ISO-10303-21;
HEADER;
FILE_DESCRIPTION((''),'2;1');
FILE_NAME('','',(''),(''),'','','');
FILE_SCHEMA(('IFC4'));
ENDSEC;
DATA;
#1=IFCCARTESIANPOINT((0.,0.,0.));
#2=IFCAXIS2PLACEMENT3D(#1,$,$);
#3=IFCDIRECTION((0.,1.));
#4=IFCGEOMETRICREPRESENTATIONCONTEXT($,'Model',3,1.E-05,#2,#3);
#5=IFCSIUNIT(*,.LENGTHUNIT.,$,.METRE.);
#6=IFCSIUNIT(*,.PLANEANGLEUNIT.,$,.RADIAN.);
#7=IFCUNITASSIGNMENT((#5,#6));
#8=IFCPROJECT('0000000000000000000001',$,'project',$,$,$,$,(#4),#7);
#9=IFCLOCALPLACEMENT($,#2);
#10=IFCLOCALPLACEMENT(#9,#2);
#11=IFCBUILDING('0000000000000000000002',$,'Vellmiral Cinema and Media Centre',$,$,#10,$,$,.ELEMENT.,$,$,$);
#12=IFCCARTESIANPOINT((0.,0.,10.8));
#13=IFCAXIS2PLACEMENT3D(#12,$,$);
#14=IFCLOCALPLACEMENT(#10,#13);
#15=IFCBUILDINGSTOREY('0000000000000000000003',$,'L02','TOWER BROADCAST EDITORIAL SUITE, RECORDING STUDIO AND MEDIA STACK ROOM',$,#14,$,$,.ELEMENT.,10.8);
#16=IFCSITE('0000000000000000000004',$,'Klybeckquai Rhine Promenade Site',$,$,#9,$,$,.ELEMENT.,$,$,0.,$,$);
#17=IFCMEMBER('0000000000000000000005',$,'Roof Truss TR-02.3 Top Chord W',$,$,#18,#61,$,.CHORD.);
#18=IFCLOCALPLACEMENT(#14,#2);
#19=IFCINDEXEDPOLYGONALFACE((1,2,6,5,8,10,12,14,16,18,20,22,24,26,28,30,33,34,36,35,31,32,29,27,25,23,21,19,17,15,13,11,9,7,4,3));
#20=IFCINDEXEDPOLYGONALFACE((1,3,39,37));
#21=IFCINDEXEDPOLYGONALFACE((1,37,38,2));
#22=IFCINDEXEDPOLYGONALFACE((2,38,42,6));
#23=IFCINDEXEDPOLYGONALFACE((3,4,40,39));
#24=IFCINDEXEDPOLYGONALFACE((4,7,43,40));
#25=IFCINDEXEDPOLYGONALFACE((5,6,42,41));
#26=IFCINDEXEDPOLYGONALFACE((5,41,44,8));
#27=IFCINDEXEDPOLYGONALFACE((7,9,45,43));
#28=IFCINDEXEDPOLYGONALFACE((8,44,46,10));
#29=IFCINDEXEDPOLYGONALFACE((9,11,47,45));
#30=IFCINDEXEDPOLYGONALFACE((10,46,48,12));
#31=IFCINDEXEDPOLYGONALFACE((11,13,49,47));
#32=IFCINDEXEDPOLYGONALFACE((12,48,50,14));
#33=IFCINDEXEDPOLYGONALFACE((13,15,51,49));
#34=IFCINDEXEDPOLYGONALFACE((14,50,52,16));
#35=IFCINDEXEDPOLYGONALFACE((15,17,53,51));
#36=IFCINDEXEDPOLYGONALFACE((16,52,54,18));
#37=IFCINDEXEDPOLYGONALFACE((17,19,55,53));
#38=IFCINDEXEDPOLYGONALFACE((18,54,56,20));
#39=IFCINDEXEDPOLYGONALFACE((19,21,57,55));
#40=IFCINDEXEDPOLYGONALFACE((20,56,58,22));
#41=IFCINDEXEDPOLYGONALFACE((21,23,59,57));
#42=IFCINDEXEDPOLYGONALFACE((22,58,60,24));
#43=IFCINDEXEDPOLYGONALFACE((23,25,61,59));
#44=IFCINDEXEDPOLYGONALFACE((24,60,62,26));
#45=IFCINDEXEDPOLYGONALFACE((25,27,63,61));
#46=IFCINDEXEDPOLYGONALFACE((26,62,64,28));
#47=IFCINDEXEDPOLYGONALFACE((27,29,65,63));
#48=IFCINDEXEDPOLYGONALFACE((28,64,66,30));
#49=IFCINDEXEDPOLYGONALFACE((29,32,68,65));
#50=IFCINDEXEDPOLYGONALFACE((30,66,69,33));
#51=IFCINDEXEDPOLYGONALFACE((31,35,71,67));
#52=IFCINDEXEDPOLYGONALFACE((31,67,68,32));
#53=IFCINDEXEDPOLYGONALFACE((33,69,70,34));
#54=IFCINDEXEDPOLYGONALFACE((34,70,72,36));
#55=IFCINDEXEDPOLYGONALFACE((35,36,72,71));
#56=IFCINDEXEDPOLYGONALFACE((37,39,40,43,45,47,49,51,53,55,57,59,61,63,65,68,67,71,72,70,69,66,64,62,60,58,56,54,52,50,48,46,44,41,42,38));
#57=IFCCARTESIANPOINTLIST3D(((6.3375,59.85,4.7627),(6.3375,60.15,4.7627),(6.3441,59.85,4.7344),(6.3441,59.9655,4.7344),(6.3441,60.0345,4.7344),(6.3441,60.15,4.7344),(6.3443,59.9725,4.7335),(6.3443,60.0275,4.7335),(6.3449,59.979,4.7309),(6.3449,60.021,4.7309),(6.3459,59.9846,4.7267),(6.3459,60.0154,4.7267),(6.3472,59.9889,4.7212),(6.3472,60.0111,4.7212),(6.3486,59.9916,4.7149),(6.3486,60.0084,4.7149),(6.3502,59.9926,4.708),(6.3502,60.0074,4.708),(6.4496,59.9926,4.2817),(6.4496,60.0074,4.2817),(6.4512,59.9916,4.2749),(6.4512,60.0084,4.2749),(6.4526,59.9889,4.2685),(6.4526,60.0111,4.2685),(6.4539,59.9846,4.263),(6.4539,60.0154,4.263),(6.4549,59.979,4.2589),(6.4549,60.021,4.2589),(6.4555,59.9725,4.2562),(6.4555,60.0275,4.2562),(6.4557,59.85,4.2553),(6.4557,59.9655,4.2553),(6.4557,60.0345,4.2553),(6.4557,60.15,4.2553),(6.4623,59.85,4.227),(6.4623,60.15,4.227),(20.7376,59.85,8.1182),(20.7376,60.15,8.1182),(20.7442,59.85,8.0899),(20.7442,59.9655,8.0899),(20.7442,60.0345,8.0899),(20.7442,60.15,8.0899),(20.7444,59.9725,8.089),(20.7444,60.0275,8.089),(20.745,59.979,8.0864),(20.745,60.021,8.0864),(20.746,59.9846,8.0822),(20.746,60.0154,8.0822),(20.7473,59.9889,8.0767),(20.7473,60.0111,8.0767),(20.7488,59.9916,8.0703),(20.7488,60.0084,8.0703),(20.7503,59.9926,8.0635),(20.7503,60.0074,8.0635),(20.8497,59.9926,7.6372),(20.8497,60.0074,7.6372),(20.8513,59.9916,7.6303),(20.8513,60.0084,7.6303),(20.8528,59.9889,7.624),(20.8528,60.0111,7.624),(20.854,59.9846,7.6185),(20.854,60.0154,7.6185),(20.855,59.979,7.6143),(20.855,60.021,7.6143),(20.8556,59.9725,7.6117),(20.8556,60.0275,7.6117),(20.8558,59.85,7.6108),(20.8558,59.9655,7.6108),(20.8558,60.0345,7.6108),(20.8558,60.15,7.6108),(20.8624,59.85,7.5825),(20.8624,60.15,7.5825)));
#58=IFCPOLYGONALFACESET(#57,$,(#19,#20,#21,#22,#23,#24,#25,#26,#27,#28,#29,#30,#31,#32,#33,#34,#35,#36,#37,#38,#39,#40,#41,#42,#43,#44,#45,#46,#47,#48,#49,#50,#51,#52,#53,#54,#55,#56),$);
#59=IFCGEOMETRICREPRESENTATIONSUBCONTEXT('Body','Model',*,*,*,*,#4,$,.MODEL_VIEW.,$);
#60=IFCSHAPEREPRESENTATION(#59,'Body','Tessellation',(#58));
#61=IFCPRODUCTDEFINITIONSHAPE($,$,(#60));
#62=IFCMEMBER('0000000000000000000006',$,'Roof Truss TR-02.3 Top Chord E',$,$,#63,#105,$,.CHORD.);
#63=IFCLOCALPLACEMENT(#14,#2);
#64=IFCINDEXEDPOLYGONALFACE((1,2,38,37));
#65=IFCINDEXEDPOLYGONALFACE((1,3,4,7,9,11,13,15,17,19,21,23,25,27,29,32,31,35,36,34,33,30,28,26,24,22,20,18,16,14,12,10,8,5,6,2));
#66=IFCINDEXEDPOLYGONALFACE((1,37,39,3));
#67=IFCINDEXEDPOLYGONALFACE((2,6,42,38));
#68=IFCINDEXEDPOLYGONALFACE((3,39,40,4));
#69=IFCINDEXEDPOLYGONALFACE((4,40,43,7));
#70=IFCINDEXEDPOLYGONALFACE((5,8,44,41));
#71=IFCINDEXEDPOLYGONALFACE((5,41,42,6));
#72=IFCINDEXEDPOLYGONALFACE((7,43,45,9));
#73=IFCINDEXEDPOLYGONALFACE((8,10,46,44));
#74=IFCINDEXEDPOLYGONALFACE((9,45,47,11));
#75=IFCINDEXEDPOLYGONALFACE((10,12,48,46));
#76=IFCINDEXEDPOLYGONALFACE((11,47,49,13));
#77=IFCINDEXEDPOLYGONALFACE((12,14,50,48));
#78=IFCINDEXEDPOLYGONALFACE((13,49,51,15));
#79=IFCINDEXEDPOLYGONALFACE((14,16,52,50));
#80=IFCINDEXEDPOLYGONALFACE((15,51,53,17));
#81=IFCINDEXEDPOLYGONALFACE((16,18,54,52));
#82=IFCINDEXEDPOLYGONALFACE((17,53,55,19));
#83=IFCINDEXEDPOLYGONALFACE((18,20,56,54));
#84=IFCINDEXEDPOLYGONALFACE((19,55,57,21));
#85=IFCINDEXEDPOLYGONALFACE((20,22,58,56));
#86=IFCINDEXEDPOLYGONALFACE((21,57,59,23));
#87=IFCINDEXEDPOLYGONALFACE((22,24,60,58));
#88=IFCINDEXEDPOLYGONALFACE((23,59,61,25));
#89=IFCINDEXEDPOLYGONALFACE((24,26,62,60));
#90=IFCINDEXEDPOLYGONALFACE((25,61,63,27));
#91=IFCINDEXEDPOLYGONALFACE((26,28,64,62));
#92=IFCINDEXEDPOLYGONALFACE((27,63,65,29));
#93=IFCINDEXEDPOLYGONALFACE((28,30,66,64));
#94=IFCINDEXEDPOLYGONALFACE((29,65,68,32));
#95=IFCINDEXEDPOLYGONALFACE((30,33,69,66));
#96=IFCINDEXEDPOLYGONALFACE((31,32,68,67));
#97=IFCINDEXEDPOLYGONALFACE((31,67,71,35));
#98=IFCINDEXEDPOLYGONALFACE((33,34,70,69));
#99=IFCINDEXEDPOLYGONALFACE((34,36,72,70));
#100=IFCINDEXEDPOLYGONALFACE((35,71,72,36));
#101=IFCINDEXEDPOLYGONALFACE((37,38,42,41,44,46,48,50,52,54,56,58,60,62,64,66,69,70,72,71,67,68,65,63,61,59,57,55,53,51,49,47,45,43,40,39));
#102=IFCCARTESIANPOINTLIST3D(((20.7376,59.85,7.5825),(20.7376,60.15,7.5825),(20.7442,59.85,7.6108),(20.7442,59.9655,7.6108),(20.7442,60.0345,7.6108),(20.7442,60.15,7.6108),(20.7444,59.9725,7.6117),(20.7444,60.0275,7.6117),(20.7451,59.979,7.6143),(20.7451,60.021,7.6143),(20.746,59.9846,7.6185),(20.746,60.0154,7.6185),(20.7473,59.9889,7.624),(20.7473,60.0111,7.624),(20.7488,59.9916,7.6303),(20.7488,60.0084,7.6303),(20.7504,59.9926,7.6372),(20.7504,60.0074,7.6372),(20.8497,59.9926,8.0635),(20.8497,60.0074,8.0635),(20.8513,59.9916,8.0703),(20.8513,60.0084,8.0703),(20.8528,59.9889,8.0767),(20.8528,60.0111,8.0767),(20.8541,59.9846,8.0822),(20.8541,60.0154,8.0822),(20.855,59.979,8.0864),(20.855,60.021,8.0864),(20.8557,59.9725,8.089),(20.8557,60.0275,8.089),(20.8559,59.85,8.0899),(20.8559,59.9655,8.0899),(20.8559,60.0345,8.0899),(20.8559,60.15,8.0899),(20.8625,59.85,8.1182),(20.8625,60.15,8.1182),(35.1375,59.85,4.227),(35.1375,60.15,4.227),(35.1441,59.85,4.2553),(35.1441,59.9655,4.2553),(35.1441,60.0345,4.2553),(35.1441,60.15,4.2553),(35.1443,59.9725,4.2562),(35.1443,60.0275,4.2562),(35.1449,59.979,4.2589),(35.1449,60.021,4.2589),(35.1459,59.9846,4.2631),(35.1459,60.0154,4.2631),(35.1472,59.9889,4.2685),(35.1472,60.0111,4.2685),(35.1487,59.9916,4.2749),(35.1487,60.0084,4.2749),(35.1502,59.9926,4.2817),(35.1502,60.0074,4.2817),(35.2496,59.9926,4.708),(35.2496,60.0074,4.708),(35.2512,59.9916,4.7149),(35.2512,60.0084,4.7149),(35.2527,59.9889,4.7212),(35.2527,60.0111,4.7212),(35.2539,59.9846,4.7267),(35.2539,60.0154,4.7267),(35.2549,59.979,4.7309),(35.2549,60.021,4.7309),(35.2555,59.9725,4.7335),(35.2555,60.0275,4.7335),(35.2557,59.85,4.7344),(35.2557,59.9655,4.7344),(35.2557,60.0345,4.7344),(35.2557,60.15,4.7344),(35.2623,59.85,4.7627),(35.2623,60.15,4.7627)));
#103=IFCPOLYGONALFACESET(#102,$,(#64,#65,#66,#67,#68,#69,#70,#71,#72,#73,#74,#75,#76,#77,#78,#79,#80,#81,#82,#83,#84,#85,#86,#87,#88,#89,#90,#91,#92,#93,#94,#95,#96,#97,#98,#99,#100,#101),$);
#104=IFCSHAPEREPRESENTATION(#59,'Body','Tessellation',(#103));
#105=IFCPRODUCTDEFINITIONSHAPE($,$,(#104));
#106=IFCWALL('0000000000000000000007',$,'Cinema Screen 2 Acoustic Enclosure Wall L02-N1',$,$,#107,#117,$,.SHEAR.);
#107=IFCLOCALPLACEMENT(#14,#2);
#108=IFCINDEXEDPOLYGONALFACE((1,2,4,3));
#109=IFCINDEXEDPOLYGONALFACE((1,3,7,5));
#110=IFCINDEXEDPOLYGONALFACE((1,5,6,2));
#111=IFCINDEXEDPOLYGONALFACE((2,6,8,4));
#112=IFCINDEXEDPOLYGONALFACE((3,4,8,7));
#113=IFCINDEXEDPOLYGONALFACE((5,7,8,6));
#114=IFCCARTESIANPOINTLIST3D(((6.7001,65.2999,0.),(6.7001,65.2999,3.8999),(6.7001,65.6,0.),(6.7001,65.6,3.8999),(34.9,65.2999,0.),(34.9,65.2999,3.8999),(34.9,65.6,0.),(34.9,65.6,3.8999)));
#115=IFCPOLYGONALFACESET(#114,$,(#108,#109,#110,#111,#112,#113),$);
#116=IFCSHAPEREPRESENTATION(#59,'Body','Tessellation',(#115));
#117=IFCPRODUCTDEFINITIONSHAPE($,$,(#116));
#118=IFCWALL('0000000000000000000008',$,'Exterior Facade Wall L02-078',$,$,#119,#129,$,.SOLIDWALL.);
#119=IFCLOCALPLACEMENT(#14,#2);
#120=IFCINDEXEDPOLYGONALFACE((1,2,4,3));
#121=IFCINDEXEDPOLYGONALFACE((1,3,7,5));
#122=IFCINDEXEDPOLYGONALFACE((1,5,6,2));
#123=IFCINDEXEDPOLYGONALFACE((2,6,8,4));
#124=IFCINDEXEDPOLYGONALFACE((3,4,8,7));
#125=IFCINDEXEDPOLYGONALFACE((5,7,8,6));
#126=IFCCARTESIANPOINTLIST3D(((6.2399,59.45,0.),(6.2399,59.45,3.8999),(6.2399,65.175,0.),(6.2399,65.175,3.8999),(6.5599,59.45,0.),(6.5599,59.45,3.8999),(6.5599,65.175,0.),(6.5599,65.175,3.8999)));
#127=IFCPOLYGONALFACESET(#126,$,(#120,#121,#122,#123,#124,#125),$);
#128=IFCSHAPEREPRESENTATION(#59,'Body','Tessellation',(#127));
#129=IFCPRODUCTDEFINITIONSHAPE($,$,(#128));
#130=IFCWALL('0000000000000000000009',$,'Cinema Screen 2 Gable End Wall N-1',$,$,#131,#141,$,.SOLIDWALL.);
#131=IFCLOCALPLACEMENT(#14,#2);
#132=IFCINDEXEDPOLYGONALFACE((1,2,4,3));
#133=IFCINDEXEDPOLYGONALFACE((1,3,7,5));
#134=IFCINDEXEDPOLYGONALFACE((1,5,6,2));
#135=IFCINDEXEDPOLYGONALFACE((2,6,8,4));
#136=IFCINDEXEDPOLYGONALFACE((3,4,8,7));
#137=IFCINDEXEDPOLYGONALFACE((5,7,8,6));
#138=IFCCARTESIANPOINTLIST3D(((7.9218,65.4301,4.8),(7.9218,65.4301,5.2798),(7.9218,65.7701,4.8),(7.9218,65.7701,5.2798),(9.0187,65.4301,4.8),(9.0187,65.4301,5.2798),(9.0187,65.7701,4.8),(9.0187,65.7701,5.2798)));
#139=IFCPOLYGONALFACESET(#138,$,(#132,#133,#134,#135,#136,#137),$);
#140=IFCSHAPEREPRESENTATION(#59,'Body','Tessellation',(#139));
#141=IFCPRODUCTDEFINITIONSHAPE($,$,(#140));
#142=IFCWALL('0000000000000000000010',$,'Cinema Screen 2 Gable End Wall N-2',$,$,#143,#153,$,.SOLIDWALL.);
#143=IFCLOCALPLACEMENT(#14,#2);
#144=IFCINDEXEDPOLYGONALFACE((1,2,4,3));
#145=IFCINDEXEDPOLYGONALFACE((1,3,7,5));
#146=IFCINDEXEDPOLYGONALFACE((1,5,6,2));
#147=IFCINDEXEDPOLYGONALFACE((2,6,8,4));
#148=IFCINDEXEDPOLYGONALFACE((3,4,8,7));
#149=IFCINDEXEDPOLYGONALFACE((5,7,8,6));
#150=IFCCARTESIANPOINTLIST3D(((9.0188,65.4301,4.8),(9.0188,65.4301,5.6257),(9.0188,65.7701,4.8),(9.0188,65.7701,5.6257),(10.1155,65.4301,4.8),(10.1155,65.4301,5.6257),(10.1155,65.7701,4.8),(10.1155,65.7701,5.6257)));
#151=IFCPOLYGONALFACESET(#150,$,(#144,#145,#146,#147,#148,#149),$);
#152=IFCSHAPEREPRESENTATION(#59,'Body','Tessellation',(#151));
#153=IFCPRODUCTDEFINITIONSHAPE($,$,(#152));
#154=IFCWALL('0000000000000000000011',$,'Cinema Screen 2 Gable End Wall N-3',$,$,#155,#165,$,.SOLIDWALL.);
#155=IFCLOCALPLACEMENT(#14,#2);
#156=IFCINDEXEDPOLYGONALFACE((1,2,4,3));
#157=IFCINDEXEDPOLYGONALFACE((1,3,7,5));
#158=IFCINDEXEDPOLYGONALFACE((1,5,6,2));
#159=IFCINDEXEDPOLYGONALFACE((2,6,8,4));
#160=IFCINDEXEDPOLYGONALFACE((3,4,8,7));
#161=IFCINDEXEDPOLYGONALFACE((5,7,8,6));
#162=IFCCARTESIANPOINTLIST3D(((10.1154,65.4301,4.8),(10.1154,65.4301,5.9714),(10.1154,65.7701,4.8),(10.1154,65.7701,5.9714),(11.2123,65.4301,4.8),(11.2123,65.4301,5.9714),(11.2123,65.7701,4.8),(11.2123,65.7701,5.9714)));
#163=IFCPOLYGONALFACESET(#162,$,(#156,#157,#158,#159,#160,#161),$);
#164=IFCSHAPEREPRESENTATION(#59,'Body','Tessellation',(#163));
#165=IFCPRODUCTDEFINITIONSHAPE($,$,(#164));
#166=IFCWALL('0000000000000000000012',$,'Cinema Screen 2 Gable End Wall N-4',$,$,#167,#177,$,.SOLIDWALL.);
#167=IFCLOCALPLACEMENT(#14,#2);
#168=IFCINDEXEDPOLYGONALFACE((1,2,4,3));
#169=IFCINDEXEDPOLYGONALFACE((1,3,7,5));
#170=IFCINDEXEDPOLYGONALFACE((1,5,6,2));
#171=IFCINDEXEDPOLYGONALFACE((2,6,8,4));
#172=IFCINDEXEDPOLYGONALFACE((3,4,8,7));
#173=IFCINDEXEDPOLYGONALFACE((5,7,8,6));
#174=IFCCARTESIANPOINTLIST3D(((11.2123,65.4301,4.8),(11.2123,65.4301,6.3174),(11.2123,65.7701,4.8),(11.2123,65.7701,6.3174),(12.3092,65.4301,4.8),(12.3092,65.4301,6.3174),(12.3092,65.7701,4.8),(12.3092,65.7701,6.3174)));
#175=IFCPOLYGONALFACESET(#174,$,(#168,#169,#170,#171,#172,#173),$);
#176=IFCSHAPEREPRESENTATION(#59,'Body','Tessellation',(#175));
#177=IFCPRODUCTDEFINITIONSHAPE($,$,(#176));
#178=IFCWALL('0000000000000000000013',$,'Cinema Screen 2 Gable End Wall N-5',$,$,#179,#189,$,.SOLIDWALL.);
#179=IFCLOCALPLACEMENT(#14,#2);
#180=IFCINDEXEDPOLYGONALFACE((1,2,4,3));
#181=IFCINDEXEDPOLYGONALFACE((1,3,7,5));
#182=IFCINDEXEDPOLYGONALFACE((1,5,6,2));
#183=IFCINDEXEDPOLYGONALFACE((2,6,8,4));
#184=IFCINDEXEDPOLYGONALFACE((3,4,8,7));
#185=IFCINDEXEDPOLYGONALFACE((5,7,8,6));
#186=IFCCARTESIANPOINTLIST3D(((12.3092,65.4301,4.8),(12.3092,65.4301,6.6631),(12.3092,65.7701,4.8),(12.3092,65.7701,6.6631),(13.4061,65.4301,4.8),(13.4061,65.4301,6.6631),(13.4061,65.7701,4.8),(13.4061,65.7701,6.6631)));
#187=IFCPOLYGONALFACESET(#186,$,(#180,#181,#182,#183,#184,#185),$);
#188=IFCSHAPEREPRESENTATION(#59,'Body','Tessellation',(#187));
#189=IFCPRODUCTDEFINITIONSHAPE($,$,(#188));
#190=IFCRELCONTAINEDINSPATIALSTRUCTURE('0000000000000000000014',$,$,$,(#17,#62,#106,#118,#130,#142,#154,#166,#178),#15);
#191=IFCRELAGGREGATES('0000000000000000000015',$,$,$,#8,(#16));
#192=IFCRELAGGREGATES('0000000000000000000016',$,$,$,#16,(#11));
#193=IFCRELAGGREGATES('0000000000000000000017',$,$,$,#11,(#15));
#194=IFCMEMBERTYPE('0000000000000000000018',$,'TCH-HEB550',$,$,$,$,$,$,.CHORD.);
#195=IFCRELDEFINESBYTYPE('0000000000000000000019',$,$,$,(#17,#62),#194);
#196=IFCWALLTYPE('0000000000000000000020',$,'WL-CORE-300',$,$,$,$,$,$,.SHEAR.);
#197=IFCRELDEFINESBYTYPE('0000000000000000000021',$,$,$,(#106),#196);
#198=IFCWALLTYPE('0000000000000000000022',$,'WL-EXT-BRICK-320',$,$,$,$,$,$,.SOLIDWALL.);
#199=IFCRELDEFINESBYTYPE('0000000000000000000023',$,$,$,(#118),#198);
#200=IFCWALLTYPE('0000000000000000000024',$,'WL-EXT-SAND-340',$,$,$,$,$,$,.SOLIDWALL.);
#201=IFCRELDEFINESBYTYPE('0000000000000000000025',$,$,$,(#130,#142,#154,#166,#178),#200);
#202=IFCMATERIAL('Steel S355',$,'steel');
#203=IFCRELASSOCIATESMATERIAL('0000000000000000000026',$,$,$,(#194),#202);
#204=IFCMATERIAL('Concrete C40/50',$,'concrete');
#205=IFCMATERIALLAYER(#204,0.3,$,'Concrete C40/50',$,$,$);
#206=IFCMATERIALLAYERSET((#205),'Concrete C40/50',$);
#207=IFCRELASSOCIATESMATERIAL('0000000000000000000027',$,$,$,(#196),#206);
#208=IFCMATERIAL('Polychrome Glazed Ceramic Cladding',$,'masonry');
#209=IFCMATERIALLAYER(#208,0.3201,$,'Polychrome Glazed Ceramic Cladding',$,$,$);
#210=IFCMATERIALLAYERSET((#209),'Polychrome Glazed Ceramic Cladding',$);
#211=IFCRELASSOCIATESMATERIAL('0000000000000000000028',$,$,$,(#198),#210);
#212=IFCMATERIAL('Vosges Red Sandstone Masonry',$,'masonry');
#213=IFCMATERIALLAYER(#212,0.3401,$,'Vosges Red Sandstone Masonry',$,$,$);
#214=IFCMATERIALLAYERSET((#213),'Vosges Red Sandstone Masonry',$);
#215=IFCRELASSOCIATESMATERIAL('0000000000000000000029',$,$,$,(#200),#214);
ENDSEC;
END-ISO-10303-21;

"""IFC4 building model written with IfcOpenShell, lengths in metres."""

from ifc_helpers import new_model, si_unit, direction, frame, frame_2d, origin, origin_2d, place, context, subcontext, project, spatial, rectangle, i_section, extrude, material, layer, layer_set, material_profile, profile_set, type_object, element, save


model = new_model("IFC4")

# Units and contexts
model_context = context("Model", 3, precision=1e-05, world=origin(), true_north=direction((0.0, 1.0)))
body_context = subcontext(model_context, "Body", "Model", "MODEL_VIEW")
ifc_project = project(units=[si_unit("LENGTHUNIT", "METRE"), si_unit("PLANEANGLEUNIT", "RADIAN")], contexts=[model_context])

# Site, building, storey
site_placement = place(None, origin())
site = spatial("IfcSite", under=ifc_project, at=site_placement, Name="Klybeckquai Rhine Promenade Site", CompositionType="ELEMENT", RefElevation=0.0)
building_placement = place(site_placement, origin())
building = spatial("IfcBuilding", under=site, at=building_placement, Name="Vellmiral Cinema and Media Centre", CompositionType="ELEMENT")
storey_placement = place(building_placement, frame((0.0, 0.0, 10.8)))
storey = spatial("IfcBuildingStorey", under=building, at=storey_placement, Name="L02", Description="TOWER BROADCAST EDITORIAL SUITE, RECORDING STUDIO AND MEDIA STACK ROOM", CompositionType="ELEMENT", Elevation=10.8)

# Members
ifc_material_1 = material(Name="Steel S355", Category="steel")
ifc_material_profile_1 = material_profile(ifc_material_1, i_section(OverallWidth=0.3, OverallDepth=0.55, WebThickness=0.0149, FlangeThickness=0.0291, FilletRadius=0.0271, at=origin_2d()), Name="HEB 550")
ifc_profile_set_1 = profile_set([ifc_material_profile_1], Name="Steel S355")
member_type_1 = type_object("IfcMemberType", Name="TCH-HEB550", PredefinedType="CHORD", material=ifc_profile_set_1)
member_1_placement = place(storey_placement, frame((6.3999, 60.0, 4.4949), z_axis=(0.973909, 0.0, 0.226937), x_axis=(0.0, 1.0, 0.0)))
element("IfcMember", 1, at=member_1_placement, inside=storey, type_object=member_type_1, Name="Roof Truss TR-02.3 Top Chord W", PredefinedType="CHORD", context=body_context, shape_type="SweptSolid", body=[
    extrude(i_section(OverallWidth=0.3, OverallDepth=0.55, WebThickness=0.0149, FlangeThickness=0.0291, FilletRadius=0.0271, at=origin_2d()), origin(), (0.0, 0.0, 1.0), 14.7859),
])
member_2_placement = place(storey_placement, frame((20.8, 60.0, 7.8503), z_axis=(0.973909, 0.0, -0.22694), x_axis=(0.0, 1.0, 0.0)))
element("IfcMember", 2, at=member_2_placement, inside=storey, type_object=member_type_1, Name="Roof Truss TR-02.3 Top Chord E", PredefinedType="CHORD", context=body_context, shape_type="SweptSolid", body=[
    extrude(i_section(OverallWidth=0.3, OverallDepth=0.55, WebThickness=0.0149, FlangeThickness=0.0291, FilletRadius=0.0271, at=origin_2d()), origin(), (0.0, 0.0, 1.0), 14.7856),
])

# Walls
ifc_material_2 = material(Name="Concrete C40/50", Category="concrete")
ifc_layer_1 = layer(ifc_material_2, 0.3, Name="Concrete C40/50")
ifc_layer_set_1 = layer_set([ifc_layer_1], Name="Concrete C40/50")
wall_type_1 = type_object("IfcWallType", Name="WL-CORE-300", PredefinedType="SHEAR", material=ifc_layer_set_1)
wall_1_placement = place(storey_placement, frame((6.7, 65.45, 0.0), z_axis=(0.0, 0.0, 1.0), x_axis=(1.0, 0.0, 0.0)))
element("IfcWall", 3, at=wall_1_placement, inside=storey, type_object=wall_type_1, Name="Cinema Screen 2 Acoustic Enclosure Wall L02-N1", PredefinedType="SHEAR", context=body_context, shape_type="SweptSolid", body=[
    extrude(rectangle(XDim=28.2, YDim=0.3, at=frame_2d((14.1001, 0.0))), origin(), (0.0, 0.0, 1.0), 3.8999),
])
ifc_material_3 = material(Name="Polychrome Glazed Ceramic Cladding", Category="masonry")
ifc_layer_2 = layer(ifc_material_3, 0.3201, Name="Polychrome Glazed Ceramic Cladding")
ifc_layer_set_2 = layer_set([ifc_layer_2], Name="Polychrome Glazed Ceramic Cladding")
wall_type_2 = type_object("IfcWallType", Name="WL-EXT-BRICK-320", PredefinedType="SOLIDWALL", material=ifc_layer_set_2)
wall_2_placement = place(storey_placement, frame((6.3999, 65.175, 0.0), z_axis=(0.0, 0.0, 1.0), x_axis=(0.0, -1.0, 0.0)))
element("IfcWall", 4, at=wall_2_placement, inside=storey, type_object=wall_type_2, Name="Exterior Facade Wall L02-078", PredefinedType="SOLIDWALL", context=body_context, shape_type="SweptSolid", body=[
    extrude(rectangle(XDim=5.7251, YDim=0.3201, at=frame_2d((2.8625, 0.0))), origin(), (0.0, 0.0, 1.0), 3.8999),
])
ifc_material_4 = material(Name="Vosges Red Sandstone Masonry", Category="masonry")
ifc_layer_3 = layer(ifc_material_4, 0.3401, Name="Vosges Red Sandstone Masonry")
ifc_layer_set_3 = layer_set([ifc_layer_3], Name="Vosges Red Sandstone Masonry")
wall_type_3 = type_object("IfcWallType", Name="WL-EXT-SAND-340", PredefinedType="SOLIDWALL", material=ifc_layer_set_3)
wall_3_placement = place(storey_placement, frame((7.9219, 65.6001, 4.8), z_axis=(0.0, 0.0, 1.0), x_axis=(1.0, 0.0, 0.0)))
element("IfcWall", 5, at=wall_3_placement, inside=storey, type_object=wall_type_3, Name="Cinema Screen 2 Gable End Wall N-1", PredefinedType="SOLIDWALL", context=body_context, shape_type="SweptSolid", body=[
    extrude(rectangle(XDim=1.0969, YDim=0.3401, at=frame_2d((0.5483, 0.0))), origin(), (0.0, 0.0, 1.0), 0.4797),
])
wall_4_placement = place(storey_placement, frame((9.0188, 65.6001, 4.8), z_axis=(0.0, 0.0, 1.0), x_axis=(1.0, 0.0, 0.0)))
element("IfcWall", 6, at=wall_4_placement, inside=storey, type_object=wall_type_3, Name="Cinema Screen 2 Gable End Wall N-2", PredefinedType="SOLIDWALL", context=body_context, shape_type="SweptSolid", body=[
    extrude(rectangle(XDim=1.0967, YDim=0.3401, at=frame_2d((0.5483, 0.0))), origin(), (0.0, 0.0, 1.0), 0.8257),
])
wall_5_placement = place(storey_placement, frame((10.1155, 65.6001, 4.8), z_axis=(0.0, 0.0, 1.0), x_axis=(1.0, 0.0, 0.0)))
element("IfcWall", 7, at=wall_5_placement, inside=storey, type_object=wall_type_3, Name="Cinema Screen 2 Gable End Wall N-3", PredefinedType="SOLIDWALL", context=body_context, shape_type="SweptSolid", body=[
    extrude(rectangle(XDim=1.0969, YDim=0.3401, at=frame_2d((0.5483, 0.0))), origin(), (0.0, 0.0, 1.0), 1.1714),
])
wall_6_placement = place(storey_placement, frame((11.2124, 65.6001, 4.8), z_axis=(0.0, 0.0, 1.0), x_axis=(1.0, 0.0, 0.0)))
element("IfcWall", 8, at=wall_6_placement, inside=storey, type_object=wall_type_3, Name="Cinema Screen 2 Gable End Wall N-4", PredefinedType="SOLIDWALL", context=body_context, shape_type="SweptSolid", body=[
    extrude(rectangle(XDim=1.0969, YDim=0.3401, at=frame_2d((0.5483, 0.0))), origin(), (0.0, 0.0, 1.0), 1.5173),
])
wall_7_placement = place(storey_placement, frame((12.3093, 65.6001, 4.8), z_axis=(0.0, 0.0, 1.0), x_axis=(1.0, 0.0, 0.0)))
element("IfcWall", 9, at=wall_7_placement, inside=storey, type_object=wall_type_3, Name="Cinema Screen 2 Gable End Wall N-5", PredefinedType="SOLIDWALL", context=body_context, shape_type="SweptSolid", body=[
    extrude(rectangle(XDim=1.0969, YDim=0.3401, at=frame_2d((0.5483, 0.0))), origin(), (0.0, 0.0, 1.0), 1.863),
])

save(model, "model.ifc")
